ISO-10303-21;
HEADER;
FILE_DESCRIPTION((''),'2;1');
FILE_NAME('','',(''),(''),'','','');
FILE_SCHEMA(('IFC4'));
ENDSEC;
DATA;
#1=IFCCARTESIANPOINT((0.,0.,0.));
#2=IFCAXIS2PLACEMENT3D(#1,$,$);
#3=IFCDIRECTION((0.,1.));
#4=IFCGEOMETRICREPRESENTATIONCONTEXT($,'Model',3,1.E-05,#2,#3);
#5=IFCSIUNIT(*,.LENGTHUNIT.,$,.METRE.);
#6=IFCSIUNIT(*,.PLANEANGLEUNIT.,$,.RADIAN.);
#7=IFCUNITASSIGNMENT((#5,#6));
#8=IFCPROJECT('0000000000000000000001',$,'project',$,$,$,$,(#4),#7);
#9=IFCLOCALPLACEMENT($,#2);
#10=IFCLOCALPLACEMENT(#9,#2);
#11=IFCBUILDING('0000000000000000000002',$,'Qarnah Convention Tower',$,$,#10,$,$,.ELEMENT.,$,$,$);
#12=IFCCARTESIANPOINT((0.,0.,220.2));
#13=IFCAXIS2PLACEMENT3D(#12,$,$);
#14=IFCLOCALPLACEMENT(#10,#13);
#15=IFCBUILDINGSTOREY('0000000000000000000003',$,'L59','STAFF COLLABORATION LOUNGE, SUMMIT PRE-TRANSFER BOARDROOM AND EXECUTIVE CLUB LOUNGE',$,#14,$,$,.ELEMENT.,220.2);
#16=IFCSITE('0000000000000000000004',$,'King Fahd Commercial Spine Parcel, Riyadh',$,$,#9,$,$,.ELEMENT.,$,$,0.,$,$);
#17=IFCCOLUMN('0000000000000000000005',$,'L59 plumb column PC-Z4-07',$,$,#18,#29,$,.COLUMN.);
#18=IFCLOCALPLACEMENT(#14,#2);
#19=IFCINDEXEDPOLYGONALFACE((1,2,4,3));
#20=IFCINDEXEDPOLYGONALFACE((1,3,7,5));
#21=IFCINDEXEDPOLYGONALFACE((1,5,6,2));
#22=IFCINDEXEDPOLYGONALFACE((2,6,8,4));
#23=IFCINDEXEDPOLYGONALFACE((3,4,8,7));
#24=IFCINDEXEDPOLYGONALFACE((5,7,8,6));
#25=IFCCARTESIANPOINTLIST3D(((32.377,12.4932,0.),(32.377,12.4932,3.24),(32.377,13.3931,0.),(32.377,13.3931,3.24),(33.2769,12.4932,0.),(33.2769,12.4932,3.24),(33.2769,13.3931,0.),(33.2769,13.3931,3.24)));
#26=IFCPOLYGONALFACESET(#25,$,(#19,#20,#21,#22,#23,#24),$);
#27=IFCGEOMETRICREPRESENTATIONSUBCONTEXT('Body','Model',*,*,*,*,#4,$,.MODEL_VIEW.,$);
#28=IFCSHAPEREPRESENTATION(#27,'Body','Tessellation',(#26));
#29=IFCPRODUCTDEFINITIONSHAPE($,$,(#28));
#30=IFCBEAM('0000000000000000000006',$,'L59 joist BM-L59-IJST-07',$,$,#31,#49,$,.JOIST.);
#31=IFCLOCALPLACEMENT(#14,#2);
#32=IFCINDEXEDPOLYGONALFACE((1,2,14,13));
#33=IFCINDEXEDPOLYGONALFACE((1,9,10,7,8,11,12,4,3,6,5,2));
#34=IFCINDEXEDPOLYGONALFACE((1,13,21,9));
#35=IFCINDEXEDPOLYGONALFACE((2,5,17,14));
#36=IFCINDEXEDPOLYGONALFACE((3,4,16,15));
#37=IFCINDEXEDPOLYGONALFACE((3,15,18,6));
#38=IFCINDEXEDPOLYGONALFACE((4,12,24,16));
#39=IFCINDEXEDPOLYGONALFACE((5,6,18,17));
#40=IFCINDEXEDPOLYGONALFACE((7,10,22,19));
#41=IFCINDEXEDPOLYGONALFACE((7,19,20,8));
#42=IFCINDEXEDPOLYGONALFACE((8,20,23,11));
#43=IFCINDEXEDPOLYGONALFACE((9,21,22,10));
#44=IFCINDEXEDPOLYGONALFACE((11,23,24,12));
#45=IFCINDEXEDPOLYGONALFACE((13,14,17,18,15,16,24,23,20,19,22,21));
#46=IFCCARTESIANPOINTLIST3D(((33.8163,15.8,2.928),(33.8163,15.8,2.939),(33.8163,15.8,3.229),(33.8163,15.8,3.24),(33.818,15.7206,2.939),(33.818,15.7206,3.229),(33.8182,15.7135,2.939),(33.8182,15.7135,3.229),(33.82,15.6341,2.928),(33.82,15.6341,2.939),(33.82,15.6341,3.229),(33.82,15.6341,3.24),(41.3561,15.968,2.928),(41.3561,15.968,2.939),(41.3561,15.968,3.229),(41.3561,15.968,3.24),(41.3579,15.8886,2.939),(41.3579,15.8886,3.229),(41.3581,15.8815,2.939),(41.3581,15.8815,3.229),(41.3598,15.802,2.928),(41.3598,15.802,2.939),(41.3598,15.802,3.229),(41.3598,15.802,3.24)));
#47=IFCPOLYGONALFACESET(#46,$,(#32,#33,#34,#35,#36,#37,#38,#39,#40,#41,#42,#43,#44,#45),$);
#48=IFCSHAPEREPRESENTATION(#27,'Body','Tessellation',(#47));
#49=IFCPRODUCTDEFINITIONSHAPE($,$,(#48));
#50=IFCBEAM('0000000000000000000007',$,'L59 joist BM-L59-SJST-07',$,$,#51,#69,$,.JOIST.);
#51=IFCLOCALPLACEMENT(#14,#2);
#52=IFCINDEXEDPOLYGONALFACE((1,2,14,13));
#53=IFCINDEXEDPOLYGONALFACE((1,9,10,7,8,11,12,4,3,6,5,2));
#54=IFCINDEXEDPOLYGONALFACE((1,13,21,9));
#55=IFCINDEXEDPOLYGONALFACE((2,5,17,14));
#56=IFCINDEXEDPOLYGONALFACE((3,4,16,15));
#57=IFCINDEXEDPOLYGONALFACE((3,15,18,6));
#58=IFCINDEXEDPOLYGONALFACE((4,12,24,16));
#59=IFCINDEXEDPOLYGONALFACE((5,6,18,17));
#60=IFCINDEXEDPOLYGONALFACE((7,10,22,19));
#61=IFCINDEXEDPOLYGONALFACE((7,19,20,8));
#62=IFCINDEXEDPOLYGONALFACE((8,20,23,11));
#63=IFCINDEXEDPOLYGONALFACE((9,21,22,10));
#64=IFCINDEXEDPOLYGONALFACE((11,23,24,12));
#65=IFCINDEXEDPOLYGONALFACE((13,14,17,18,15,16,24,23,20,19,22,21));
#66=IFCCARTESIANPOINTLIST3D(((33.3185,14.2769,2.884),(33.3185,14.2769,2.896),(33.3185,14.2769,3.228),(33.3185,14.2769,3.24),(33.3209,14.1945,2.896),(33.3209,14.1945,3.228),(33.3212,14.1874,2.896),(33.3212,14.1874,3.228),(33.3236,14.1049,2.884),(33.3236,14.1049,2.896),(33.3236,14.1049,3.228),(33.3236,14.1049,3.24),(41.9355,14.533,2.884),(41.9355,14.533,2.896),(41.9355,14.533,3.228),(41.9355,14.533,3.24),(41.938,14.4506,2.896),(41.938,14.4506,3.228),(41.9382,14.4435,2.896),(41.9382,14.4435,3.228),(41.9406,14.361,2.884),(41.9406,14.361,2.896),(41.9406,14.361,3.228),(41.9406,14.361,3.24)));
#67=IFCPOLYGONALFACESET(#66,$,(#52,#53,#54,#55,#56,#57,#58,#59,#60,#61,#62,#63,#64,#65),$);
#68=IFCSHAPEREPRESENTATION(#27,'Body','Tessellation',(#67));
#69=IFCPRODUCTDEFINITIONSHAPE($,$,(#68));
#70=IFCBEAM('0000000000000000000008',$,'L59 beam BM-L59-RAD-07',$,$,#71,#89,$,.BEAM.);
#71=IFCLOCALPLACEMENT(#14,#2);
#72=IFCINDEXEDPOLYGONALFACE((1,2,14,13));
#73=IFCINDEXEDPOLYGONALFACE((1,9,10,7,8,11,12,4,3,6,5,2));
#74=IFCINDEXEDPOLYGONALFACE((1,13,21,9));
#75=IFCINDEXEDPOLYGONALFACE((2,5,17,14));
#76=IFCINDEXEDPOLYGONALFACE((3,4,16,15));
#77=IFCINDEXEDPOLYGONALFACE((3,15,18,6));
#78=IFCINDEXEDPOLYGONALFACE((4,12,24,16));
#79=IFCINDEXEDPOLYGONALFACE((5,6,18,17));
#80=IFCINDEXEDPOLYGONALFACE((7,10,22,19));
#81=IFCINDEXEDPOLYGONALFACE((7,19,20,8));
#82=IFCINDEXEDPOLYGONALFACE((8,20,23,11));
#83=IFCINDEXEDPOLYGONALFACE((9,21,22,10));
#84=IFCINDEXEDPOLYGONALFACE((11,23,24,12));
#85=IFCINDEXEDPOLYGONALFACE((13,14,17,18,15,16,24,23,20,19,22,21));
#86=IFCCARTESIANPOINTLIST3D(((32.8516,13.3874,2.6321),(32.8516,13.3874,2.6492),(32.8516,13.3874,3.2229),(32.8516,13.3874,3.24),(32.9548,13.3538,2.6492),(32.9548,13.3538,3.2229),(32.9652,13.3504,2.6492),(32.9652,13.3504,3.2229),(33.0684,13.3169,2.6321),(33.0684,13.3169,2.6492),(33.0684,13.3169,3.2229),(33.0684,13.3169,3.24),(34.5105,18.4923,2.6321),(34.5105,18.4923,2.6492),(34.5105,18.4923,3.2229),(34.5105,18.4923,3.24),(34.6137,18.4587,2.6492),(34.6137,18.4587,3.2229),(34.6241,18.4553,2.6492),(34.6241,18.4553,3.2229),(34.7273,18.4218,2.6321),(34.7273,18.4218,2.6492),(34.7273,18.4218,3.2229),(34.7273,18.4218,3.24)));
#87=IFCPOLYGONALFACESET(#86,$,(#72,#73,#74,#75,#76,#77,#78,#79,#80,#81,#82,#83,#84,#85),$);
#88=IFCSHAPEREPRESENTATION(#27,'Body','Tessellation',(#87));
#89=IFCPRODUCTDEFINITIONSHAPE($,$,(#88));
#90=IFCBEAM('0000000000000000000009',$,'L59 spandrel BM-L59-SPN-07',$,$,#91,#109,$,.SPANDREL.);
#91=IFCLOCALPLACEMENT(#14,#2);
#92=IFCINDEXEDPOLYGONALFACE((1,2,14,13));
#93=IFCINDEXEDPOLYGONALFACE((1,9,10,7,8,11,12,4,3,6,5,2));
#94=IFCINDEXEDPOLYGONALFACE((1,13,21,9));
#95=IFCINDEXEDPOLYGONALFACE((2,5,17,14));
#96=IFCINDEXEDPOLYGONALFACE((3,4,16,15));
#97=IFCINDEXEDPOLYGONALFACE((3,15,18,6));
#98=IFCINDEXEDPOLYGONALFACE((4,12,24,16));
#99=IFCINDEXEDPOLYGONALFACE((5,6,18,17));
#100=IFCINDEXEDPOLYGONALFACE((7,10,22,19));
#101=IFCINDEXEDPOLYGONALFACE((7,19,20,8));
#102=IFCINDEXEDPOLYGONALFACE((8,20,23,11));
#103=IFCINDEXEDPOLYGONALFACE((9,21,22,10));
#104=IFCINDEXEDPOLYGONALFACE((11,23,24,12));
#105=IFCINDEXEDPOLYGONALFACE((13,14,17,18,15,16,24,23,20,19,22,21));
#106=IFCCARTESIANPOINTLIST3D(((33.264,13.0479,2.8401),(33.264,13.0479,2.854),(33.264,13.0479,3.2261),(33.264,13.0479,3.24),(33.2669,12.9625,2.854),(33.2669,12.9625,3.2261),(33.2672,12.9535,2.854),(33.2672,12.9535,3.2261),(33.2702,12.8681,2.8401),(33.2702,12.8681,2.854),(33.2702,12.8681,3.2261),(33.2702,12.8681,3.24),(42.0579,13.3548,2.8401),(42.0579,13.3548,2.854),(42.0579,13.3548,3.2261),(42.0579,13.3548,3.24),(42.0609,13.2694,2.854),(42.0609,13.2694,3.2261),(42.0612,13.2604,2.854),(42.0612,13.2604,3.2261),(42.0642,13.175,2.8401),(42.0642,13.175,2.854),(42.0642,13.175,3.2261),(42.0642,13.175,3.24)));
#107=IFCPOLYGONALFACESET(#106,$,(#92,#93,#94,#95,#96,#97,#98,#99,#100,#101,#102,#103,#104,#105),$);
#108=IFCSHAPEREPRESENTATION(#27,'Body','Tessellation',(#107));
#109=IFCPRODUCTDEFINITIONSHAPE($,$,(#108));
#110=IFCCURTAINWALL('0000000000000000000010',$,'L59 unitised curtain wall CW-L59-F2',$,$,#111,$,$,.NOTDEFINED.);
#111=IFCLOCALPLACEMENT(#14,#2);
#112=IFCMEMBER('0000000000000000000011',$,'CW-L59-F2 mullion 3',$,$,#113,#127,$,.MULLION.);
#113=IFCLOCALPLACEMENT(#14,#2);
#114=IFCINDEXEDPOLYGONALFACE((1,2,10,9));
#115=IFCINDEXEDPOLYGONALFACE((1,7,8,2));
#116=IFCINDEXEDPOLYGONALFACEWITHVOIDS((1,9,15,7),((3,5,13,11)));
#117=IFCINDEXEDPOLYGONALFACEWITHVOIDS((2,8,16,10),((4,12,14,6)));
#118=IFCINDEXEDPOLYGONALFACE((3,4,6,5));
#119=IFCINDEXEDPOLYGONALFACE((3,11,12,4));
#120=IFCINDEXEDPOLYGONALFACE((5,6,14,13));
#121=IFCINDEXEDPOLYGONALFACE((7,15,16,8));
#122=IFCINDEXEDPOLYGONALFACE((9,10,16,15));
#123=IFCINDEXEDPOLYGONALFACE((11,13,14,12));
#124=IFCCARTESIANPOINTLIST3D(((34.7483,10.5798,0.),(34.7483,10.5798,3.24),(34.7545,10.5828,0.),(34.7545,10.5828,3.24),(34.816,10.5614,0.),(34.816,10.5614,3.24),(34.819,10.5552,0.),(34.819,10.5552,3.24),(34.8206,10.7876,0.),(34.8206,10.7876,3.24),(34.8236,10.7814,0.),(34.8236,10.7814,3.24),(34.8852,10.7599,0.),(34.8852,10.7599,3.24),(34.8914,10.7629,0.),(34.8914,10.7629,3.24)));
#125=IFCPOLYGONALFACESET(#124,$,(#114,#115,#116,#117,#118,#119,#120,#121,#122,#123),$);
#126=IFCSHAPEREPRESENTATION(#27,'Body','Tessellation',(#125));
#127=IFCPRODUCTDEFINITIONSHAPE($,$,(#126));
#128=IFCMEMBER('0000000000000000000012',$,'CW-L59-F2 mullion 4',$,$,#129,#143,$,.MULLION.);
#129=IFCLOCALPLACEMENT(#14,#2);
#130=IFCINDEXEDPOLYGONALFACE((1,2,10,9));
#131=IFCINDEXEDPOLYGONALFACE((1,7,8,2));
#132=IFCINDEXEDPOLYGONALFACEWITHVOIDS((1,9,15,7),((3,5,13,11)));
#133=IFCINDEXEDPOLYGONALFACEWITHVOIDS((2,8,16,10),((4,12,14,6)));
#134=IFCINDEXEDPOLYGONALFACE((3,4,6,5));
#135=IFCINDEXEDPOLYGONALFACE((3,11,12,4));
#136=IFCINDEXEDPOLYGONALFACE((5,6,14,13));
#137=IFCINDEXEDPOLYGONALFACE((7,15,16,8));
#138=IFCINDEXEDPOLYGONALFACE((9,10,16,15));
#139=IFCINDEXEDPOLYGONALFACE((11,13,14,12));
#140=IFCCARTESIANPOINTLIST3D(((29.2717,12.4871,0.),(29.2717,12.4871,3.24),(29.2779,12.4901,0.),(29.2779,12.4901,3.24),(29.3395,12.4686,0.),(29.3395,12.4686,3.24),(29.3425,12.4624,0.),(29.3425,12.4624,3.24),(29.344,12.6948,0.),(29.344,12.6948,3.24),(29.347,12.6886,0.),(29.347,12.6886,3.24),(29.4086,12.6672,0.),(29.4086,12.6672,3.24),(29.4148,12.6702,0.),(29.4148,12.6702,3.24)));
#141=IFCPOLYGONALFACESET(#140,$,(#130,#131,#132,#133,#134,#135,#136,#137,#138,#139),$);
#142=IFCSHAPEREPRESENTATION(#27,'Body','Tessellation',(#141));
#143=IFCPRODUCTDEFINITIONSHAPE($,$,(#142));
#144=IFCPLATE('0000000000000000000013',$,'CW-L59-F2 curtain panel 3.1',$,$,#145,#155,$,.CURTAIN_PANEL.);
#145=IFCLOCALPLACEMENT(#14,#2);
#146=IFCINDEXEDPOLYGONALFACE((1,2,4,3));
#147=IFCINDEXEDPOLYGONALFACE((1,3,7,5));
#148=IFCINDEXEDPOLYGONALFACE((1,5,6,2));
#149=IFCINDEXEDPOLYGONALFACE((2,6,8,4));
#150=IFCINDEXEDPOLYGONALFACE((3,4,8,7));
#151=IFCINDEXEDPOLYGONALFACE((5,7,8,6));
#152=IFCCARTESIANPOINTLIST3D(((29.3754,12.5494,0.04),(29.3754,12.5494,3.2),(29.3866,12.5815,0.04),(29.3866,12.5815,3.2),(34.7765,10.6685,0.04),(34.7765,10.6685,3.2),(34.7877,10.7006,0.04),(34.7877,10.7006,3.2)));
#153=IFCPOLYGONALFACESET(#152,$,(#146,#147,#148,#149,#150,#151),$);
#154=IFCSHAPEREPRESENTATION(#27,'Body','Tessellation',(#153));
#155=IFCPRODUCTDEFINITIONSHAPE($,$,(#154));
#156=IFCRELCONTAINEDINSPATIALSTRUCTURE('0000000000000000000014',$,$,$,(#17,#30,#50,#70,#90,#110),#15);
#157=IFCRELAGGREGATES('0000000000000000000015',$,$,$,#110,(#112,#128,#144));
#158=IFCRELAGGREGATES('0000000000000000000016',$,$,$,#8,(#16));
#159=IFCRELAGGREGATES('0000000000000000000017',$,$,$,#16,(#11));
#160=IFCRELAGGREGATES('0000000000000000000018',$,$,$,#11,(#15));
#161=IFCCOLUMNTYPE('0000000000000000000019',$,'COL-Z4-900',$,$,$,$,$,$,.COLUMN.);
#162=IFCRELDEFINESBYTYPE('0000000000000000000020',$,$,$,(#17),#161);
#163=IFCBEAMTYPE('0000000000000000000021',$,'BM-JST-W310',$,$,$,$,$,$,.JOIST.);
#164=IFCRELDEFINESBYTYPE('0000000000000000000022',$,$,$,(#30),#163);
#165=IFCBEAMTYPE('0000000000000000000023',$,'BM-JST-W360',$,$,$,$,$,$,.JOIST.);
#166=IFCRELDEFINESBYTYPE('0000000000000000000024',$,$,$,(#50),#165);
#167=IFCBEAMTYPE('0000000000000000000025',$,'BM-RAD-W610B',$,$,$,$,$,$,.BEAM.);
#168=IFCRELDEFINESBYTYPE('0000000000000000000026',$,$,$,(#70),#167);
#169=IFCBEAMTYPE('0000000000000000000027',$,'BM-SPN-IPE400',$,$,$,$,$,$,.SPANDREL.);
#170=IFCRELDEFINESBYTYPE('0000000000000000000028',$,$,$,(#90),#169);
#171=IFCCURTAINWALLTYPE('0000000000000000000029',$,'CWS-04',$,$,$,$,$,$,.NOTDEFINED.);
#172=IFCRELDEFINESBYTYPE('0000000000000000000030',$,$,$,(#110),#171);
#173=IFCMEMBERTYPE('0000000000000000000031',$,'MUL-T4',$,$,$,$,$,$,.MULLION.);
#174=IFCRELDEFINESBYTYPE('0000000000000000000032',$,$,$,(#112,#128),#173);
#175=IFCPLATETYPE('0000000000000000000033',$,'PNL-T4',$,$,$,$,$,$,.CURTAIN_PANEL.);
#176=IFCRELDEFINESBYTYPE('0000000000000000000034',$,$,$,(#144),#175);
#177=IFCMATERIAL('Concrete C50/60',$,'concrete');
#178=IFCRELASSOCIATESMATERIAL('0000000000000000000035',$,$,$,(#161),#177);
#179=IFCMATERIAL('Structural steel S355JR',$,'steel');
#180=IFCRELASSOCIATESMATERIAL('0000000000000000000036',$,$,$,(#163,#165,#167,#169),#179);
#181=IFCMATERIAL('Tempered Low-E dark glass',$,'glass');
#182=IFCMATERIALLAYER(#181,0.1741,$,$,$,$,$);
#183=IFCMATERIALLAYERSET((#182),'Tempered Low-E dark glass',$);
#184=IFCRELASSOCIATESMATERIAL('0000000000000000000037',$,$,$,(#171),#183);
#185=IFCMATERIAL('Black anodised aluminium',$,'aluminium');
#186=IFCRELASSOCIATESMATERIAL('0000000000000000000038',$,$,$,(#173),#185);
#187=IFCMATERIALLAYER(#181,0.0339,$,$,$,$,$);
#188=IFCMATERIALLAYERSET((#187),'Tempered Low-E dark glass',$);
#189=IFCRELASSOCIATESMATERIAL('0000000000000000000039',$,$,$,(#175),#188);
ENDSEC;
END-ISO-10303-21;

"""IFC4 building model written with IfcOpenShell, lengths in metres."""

from ifc_helpers import new_model, si_unit, direction, frame, origin, origin_2d, place, context, subcontext, project, spatial, rectangle, hollow_rectangle, i_section, extrude, material, layer, layer_set, material_profile, profile_set, type_object, element, aggregate, save


model = new_model("IFC4")

# Units and contexts
model_context = context("Model", 3, precision=1e-05, world=origin(), true_north=direction((0.0, 1.0)))
body_context = subcontext(model_context, "Body", "Model", "MODEL_VIEW")
ifc_project = project(units=[si_unit("LENGTHUNIT", "METRE"), si_unit("PLANEANGLEUNIT", "RADIAN")], contexts=[model_context])

# Site, building, storey
site_placement = place(None, origin())
site = spatial("IfcSite", under=ifc_project, at=site_placement, Name="King Fahd Commercial Spine Parcel, Riyadh", CompositionType="ELEMENT", RefElevation=0.0)
building_placement = place(site_placement, origin())
building = spatial("IfcBuilding", under=site, at=building_placement, Name="Qarnah Convention Tower", CompositionType="ELEMENT")
storey_placement = place(building_placement, frame((0.0, 0.0, 220.2)))
storey = spatial("IfcBuildingStorey", under=building, at=storey_placement, Name="L59", Description="STAFF COLLABORATION LOUNGE, SUMMIT PRE-TRANSFER BOARDROOM AND EXECUTIVE CLUB LOUNGE", CompositionType="ELEMENT", Elevation=220.2)

# Column
ifc_material_1 = material(Name="Concrete C50/60", Category="concrete")
ifc_material_profile_1 = material_profile(ifc_material_1, rectangle(XDim=0.8999, YDim=0.8999, at=origin_2d()), Name="RC-COL-900X900")
ifc_profile_set_1 = profile_set([ifc_material_profile_1], Name="Concrete C50/60")
column_type = type_object("IfcColumnType", Name="COL-Z4-900", PredefinedType="COLUMN", material=ifc_profile_set_1)
column_placement = place(storey_placement, frame((32.8269, 12.9431, 0.0), z_axis=(0.0, 0.0, 1.0), x_axis=(1.0, 0.0, 0.0)))
element("IfcColumn", 1, at=column_placement, inside=storey, type_object=column_type, Name="L59 plumb column PC-Z4-07", PredefinedType="COLUMN", context=body_context, shape_type="SweptSolid", body=[
    extrude(rectangle(XDim=0.8999, YDim=0.8999, at=origin_2d()), origin(), (0.0, 0.0, 1.0), 3.24),
])

# Beams
ifc_material_2 = material(Name="Structural steel S355JR", Category="steel")
ifc_material_profile_2 = material_profile(ifc_material_2, i_section(OverallWidth=0.166, OverallDepth=0.312, WebThickness=0.0071, FlangeThickness=0.011, at=origin_2d()), Name="W310X45")
ifc_profile_set_2 = profile_set([ifc_material_profile_2], Name="Structural steel S355JR")
beam_type_1 = type_object("IfcBeamType", Name="BM-JST-W310", PredefinedType="JOIST", material=ifc_profile_set_2)
beam_1_placement = place(storey_placement, frame((33.8181, 15.717, 3.084), z_axis=(0.999752, 0.022272, 0.0), x_axis=(-0.022272, 0.999752, 0.0)))
element("IfcBeam", 2, at=beam_1_placement, inside=storey, type_object=beam_type_1, Name="L59 joist BM-L59-IJST-07", PredefinedType="JOIST", context=body_context, shape_type="SweptSolid", body=[
    extrude(i_section(OverallWidth=0.166, OverallDepth=0.312, WebThickness=0.0071, FlangeThickness=0.011, at=origin_2d()), origin(), (0.0, 0.0, 1.0), 7.5417),
])
ifc_material_profile_3 = material_profile(ifc_material_2, i_section(OverallWidth=0.1721, OverallDepth=0.356, WebThickness=0.0071, FlangeThickness=0.012, at=origin_2d()), Name="W360X51")
ifc_profile_set_3 = profile_set([ifc_material_profile_3], Name="Structural steel S355JR")
beam_type_2 = type_object("IfcBeamType", Name="BM-JST-W360", PredefinedType="JOIST", material=ifc_profile_set_3)
beam_2_placement = place(storey_placement, frame((33.321, 14.1909, 3.062), z_axis=(0.999559, 0.029708, 0.0), x_axis=(-0.029708, 0.999559, 0.0)))
element("IfcBeam", 3, at=beam_2_placement, inside=storey, type_object=beam_type_2, Name="L59 joist BM-L59-SJST-07", PredefinedType="JOIST", context=body_context, shape_type="SweptSolid", body=[
    extrude(i_section(OverallWidth=0.1721, OverallDepth=0.356, WebThickness=0.0071, FlangeThickness=0.012, at=origin_2d()), origin(), (0.0, 0.0, 1.0), 8.6208),
])
ifc_material_profile_4 = material_profile(ifc_material_2, i_section(OverallWidth=0.228, OverallDepth=0.6079, WebThickness=0.011, FlangeThickness=0.0171, at=origin_2d()), Name="W610X113")
ifc_profile_set_4 = profile_set([ifc_material_profile_4], Name="Structural steel S355JR")
beam_type_3 = type_object("IfcBeamType", Name="BM-RAD-W610B", PredefinedType="BEAM", material=ifc_profile_set_4)
beam_3_placement = place(storey_placement, frame((34.6189, 18.457, 2.936), z_axis=(-0.309055, -0.951044, 0.0), x_axis=(0.951044, -0.309055, 0.0)))
element("IfcBeam", 4, at=beam_3_placement, inside=storey, type_object=beam_type_3, Name="L59 beam BM-L59-RAD-07", PredefinedType="BEAM", context=body_context, shape_type="SweptSolid", body=[
    extrude(i_section(OverallWidth=0.228, OverallDepth=0.6079, WebThickness=0.011, FlangeThickness=0.0171, at=origin_2d()), origin(), (0.0, 0.0, 1.0), 5.3677),
])
ifc_material_profile_5 = material_profile(ifc_material_2, i_section(OverallWidth=0.1799, OverallDepth=0.3999, WebThickness=0.009, FlangeThickness=0.0139, at=origin_2d()), Name="IPE400")
ifc_profile_set_5 = profile_set([ifc_material_profile_5], Name="Structural steel S355JR")
beam_type_4 = type_object("IfcBeamType", Name="BM-SPN-IPE400", PredefinedType="SPANDREL", material=ifc_profile_set_5)
beam_4_placement = place(storey_placement, frame((33.2671, 12.958, 3.04), z_axis=(0.999392, 0.034876, 0.0), x_axis=(-0.034876, 0.999392, 0.0)))
element("IfcBeam", 5, at=beam_4_placement, inside=storey, type_object=beam_type_4, Name="L59 spandrel BM-L59-SPN-07", PredefinedType="SPANDREL", context=body_context, shape_type="SweptSolid", body=[
    extrude(i_section(OverallWidth=0.1799, OverallDepth=0.3999, WebThickness=0.009, FlangeThickness=0.0139, at=origin_2d()), origin(), (0.0, 0.0, 1.0), 8.7993),
])

# Curtain wall, members, plate
ifc_material_3 = material(Name="Tempered Low-E dark glass", Category="glass")
ifc_layer_1 = layer(ifc_material_3, 0.1741)
ifc_layer_set_1 = layer_set([ifc_layer_1], Name="Tempered Low-E dark glass")
curtain_wall_type = type_object("IfcCurtainWallType", Name="CWS-04", PredefinedType="NOTDEFINED", material=ifc_layer_set_1)
curtain_wall_placement = place(storey_placement, origin())
curtain_wall = element("IfcCurtainWall", 6, at=curtain_wall_placement, inside=storey, type_object=curtain_wall_type, Name="L59 unitised curtain wall CW-L59-F2", PredefinedType="NOTDEFINED")
ifc_material_4 = material(Name="Black anodised aluminium", Category="aluminium")
ifc_material_profile_6 = material_profile(ifc_material_4, hollow_rectangle(XDim=0.075, YDim=0.22, WallThickness=0.0049, at=origin_2d()), Name="MUL-75X220")
ifc_profile_set_6 = profile_set([ifc_material_profile_6], Name="Black anodised aluminium")
member_type = type_object("IfcMemberType", Name="MUL-T4", PredefinedType="MULLION", material=ifc_profile_set_6)
member_1_placement = place(storey_placement, frame((34.8198, 10.6714, 0.0), z_axis=(0.0, 0.0, 1.0), x_axis=(-0.944374, 0.328874, 0.0)))
member_1 = element("IfcMember", 7, at=member_1_placement, type_object=member_type, Name="CW-L59-F2 mullion 3", PredefinedType="MULLION", context=body_context, shape_type="SweptSolid", body=[
    extrude(hollow_rectangle(XDim=0.075, YDim=0.22, WallThickness=0.0049, at=origin_2d()), origin(), (0.0, 0.0, 1.0), 3.24),
])
member_2_placement = place(storey_placement, frame((29.3433, 12.5786, 0.0), z_axis=(0.0, 0.0, 1.0), x_axis=(-0.944374, 0.328874, 0.0)))
member_2 = element("IfcMember", 8, at=member_2_placement, type_object=member_type, Name="CW-L59-F2 mullion 4", PredefinedType="MULLION", context=body_context, shape_type="SweptSolid", body=[
    extrude(hollow_rectangle(XDim=0.075, YDim=0.22, WallThickness=0.0049, at=origin_2d()), origin(), (0.0, 0.0, 1.0), 3.24),
])
ifc_layer_2 = layer(ifc_material_3, 0.0339)
ifc_layer_set_2 = layer_set([ifc_layer_2], Name="Tempered Low-E dark glass")
plate_type = type_object("IfcPlateType", Name="PNL-T4", PredefinedType="CURTAIN_PANEL", material=ifc_layer_set_2)
plate_placement = place(storey_placement, frame((32.0815, 11.625, 0.04), z_axis=(0.0, 0.0, 1.0), x_axis=(-0.944374, 0.328874, 0.0)))
plate = element("IfcPlate", 9, at=plate_placement, type_object=plate_type, Name="CW-L59-F2 curtain panel 3.1", PredefinedType="CURTAIN_PANEL", context=body_context, shape_type="SweptSolid", body=[
    extrude(rectangle(XDim=5.7192, YDim=0.0339, at=origin_2d()), origin(), (0.0, 0.0, 1.0), 3.1599),
])
aggregate(curtain_wall, [member_1, member_2, plate])

save(model, "model.ifc")
